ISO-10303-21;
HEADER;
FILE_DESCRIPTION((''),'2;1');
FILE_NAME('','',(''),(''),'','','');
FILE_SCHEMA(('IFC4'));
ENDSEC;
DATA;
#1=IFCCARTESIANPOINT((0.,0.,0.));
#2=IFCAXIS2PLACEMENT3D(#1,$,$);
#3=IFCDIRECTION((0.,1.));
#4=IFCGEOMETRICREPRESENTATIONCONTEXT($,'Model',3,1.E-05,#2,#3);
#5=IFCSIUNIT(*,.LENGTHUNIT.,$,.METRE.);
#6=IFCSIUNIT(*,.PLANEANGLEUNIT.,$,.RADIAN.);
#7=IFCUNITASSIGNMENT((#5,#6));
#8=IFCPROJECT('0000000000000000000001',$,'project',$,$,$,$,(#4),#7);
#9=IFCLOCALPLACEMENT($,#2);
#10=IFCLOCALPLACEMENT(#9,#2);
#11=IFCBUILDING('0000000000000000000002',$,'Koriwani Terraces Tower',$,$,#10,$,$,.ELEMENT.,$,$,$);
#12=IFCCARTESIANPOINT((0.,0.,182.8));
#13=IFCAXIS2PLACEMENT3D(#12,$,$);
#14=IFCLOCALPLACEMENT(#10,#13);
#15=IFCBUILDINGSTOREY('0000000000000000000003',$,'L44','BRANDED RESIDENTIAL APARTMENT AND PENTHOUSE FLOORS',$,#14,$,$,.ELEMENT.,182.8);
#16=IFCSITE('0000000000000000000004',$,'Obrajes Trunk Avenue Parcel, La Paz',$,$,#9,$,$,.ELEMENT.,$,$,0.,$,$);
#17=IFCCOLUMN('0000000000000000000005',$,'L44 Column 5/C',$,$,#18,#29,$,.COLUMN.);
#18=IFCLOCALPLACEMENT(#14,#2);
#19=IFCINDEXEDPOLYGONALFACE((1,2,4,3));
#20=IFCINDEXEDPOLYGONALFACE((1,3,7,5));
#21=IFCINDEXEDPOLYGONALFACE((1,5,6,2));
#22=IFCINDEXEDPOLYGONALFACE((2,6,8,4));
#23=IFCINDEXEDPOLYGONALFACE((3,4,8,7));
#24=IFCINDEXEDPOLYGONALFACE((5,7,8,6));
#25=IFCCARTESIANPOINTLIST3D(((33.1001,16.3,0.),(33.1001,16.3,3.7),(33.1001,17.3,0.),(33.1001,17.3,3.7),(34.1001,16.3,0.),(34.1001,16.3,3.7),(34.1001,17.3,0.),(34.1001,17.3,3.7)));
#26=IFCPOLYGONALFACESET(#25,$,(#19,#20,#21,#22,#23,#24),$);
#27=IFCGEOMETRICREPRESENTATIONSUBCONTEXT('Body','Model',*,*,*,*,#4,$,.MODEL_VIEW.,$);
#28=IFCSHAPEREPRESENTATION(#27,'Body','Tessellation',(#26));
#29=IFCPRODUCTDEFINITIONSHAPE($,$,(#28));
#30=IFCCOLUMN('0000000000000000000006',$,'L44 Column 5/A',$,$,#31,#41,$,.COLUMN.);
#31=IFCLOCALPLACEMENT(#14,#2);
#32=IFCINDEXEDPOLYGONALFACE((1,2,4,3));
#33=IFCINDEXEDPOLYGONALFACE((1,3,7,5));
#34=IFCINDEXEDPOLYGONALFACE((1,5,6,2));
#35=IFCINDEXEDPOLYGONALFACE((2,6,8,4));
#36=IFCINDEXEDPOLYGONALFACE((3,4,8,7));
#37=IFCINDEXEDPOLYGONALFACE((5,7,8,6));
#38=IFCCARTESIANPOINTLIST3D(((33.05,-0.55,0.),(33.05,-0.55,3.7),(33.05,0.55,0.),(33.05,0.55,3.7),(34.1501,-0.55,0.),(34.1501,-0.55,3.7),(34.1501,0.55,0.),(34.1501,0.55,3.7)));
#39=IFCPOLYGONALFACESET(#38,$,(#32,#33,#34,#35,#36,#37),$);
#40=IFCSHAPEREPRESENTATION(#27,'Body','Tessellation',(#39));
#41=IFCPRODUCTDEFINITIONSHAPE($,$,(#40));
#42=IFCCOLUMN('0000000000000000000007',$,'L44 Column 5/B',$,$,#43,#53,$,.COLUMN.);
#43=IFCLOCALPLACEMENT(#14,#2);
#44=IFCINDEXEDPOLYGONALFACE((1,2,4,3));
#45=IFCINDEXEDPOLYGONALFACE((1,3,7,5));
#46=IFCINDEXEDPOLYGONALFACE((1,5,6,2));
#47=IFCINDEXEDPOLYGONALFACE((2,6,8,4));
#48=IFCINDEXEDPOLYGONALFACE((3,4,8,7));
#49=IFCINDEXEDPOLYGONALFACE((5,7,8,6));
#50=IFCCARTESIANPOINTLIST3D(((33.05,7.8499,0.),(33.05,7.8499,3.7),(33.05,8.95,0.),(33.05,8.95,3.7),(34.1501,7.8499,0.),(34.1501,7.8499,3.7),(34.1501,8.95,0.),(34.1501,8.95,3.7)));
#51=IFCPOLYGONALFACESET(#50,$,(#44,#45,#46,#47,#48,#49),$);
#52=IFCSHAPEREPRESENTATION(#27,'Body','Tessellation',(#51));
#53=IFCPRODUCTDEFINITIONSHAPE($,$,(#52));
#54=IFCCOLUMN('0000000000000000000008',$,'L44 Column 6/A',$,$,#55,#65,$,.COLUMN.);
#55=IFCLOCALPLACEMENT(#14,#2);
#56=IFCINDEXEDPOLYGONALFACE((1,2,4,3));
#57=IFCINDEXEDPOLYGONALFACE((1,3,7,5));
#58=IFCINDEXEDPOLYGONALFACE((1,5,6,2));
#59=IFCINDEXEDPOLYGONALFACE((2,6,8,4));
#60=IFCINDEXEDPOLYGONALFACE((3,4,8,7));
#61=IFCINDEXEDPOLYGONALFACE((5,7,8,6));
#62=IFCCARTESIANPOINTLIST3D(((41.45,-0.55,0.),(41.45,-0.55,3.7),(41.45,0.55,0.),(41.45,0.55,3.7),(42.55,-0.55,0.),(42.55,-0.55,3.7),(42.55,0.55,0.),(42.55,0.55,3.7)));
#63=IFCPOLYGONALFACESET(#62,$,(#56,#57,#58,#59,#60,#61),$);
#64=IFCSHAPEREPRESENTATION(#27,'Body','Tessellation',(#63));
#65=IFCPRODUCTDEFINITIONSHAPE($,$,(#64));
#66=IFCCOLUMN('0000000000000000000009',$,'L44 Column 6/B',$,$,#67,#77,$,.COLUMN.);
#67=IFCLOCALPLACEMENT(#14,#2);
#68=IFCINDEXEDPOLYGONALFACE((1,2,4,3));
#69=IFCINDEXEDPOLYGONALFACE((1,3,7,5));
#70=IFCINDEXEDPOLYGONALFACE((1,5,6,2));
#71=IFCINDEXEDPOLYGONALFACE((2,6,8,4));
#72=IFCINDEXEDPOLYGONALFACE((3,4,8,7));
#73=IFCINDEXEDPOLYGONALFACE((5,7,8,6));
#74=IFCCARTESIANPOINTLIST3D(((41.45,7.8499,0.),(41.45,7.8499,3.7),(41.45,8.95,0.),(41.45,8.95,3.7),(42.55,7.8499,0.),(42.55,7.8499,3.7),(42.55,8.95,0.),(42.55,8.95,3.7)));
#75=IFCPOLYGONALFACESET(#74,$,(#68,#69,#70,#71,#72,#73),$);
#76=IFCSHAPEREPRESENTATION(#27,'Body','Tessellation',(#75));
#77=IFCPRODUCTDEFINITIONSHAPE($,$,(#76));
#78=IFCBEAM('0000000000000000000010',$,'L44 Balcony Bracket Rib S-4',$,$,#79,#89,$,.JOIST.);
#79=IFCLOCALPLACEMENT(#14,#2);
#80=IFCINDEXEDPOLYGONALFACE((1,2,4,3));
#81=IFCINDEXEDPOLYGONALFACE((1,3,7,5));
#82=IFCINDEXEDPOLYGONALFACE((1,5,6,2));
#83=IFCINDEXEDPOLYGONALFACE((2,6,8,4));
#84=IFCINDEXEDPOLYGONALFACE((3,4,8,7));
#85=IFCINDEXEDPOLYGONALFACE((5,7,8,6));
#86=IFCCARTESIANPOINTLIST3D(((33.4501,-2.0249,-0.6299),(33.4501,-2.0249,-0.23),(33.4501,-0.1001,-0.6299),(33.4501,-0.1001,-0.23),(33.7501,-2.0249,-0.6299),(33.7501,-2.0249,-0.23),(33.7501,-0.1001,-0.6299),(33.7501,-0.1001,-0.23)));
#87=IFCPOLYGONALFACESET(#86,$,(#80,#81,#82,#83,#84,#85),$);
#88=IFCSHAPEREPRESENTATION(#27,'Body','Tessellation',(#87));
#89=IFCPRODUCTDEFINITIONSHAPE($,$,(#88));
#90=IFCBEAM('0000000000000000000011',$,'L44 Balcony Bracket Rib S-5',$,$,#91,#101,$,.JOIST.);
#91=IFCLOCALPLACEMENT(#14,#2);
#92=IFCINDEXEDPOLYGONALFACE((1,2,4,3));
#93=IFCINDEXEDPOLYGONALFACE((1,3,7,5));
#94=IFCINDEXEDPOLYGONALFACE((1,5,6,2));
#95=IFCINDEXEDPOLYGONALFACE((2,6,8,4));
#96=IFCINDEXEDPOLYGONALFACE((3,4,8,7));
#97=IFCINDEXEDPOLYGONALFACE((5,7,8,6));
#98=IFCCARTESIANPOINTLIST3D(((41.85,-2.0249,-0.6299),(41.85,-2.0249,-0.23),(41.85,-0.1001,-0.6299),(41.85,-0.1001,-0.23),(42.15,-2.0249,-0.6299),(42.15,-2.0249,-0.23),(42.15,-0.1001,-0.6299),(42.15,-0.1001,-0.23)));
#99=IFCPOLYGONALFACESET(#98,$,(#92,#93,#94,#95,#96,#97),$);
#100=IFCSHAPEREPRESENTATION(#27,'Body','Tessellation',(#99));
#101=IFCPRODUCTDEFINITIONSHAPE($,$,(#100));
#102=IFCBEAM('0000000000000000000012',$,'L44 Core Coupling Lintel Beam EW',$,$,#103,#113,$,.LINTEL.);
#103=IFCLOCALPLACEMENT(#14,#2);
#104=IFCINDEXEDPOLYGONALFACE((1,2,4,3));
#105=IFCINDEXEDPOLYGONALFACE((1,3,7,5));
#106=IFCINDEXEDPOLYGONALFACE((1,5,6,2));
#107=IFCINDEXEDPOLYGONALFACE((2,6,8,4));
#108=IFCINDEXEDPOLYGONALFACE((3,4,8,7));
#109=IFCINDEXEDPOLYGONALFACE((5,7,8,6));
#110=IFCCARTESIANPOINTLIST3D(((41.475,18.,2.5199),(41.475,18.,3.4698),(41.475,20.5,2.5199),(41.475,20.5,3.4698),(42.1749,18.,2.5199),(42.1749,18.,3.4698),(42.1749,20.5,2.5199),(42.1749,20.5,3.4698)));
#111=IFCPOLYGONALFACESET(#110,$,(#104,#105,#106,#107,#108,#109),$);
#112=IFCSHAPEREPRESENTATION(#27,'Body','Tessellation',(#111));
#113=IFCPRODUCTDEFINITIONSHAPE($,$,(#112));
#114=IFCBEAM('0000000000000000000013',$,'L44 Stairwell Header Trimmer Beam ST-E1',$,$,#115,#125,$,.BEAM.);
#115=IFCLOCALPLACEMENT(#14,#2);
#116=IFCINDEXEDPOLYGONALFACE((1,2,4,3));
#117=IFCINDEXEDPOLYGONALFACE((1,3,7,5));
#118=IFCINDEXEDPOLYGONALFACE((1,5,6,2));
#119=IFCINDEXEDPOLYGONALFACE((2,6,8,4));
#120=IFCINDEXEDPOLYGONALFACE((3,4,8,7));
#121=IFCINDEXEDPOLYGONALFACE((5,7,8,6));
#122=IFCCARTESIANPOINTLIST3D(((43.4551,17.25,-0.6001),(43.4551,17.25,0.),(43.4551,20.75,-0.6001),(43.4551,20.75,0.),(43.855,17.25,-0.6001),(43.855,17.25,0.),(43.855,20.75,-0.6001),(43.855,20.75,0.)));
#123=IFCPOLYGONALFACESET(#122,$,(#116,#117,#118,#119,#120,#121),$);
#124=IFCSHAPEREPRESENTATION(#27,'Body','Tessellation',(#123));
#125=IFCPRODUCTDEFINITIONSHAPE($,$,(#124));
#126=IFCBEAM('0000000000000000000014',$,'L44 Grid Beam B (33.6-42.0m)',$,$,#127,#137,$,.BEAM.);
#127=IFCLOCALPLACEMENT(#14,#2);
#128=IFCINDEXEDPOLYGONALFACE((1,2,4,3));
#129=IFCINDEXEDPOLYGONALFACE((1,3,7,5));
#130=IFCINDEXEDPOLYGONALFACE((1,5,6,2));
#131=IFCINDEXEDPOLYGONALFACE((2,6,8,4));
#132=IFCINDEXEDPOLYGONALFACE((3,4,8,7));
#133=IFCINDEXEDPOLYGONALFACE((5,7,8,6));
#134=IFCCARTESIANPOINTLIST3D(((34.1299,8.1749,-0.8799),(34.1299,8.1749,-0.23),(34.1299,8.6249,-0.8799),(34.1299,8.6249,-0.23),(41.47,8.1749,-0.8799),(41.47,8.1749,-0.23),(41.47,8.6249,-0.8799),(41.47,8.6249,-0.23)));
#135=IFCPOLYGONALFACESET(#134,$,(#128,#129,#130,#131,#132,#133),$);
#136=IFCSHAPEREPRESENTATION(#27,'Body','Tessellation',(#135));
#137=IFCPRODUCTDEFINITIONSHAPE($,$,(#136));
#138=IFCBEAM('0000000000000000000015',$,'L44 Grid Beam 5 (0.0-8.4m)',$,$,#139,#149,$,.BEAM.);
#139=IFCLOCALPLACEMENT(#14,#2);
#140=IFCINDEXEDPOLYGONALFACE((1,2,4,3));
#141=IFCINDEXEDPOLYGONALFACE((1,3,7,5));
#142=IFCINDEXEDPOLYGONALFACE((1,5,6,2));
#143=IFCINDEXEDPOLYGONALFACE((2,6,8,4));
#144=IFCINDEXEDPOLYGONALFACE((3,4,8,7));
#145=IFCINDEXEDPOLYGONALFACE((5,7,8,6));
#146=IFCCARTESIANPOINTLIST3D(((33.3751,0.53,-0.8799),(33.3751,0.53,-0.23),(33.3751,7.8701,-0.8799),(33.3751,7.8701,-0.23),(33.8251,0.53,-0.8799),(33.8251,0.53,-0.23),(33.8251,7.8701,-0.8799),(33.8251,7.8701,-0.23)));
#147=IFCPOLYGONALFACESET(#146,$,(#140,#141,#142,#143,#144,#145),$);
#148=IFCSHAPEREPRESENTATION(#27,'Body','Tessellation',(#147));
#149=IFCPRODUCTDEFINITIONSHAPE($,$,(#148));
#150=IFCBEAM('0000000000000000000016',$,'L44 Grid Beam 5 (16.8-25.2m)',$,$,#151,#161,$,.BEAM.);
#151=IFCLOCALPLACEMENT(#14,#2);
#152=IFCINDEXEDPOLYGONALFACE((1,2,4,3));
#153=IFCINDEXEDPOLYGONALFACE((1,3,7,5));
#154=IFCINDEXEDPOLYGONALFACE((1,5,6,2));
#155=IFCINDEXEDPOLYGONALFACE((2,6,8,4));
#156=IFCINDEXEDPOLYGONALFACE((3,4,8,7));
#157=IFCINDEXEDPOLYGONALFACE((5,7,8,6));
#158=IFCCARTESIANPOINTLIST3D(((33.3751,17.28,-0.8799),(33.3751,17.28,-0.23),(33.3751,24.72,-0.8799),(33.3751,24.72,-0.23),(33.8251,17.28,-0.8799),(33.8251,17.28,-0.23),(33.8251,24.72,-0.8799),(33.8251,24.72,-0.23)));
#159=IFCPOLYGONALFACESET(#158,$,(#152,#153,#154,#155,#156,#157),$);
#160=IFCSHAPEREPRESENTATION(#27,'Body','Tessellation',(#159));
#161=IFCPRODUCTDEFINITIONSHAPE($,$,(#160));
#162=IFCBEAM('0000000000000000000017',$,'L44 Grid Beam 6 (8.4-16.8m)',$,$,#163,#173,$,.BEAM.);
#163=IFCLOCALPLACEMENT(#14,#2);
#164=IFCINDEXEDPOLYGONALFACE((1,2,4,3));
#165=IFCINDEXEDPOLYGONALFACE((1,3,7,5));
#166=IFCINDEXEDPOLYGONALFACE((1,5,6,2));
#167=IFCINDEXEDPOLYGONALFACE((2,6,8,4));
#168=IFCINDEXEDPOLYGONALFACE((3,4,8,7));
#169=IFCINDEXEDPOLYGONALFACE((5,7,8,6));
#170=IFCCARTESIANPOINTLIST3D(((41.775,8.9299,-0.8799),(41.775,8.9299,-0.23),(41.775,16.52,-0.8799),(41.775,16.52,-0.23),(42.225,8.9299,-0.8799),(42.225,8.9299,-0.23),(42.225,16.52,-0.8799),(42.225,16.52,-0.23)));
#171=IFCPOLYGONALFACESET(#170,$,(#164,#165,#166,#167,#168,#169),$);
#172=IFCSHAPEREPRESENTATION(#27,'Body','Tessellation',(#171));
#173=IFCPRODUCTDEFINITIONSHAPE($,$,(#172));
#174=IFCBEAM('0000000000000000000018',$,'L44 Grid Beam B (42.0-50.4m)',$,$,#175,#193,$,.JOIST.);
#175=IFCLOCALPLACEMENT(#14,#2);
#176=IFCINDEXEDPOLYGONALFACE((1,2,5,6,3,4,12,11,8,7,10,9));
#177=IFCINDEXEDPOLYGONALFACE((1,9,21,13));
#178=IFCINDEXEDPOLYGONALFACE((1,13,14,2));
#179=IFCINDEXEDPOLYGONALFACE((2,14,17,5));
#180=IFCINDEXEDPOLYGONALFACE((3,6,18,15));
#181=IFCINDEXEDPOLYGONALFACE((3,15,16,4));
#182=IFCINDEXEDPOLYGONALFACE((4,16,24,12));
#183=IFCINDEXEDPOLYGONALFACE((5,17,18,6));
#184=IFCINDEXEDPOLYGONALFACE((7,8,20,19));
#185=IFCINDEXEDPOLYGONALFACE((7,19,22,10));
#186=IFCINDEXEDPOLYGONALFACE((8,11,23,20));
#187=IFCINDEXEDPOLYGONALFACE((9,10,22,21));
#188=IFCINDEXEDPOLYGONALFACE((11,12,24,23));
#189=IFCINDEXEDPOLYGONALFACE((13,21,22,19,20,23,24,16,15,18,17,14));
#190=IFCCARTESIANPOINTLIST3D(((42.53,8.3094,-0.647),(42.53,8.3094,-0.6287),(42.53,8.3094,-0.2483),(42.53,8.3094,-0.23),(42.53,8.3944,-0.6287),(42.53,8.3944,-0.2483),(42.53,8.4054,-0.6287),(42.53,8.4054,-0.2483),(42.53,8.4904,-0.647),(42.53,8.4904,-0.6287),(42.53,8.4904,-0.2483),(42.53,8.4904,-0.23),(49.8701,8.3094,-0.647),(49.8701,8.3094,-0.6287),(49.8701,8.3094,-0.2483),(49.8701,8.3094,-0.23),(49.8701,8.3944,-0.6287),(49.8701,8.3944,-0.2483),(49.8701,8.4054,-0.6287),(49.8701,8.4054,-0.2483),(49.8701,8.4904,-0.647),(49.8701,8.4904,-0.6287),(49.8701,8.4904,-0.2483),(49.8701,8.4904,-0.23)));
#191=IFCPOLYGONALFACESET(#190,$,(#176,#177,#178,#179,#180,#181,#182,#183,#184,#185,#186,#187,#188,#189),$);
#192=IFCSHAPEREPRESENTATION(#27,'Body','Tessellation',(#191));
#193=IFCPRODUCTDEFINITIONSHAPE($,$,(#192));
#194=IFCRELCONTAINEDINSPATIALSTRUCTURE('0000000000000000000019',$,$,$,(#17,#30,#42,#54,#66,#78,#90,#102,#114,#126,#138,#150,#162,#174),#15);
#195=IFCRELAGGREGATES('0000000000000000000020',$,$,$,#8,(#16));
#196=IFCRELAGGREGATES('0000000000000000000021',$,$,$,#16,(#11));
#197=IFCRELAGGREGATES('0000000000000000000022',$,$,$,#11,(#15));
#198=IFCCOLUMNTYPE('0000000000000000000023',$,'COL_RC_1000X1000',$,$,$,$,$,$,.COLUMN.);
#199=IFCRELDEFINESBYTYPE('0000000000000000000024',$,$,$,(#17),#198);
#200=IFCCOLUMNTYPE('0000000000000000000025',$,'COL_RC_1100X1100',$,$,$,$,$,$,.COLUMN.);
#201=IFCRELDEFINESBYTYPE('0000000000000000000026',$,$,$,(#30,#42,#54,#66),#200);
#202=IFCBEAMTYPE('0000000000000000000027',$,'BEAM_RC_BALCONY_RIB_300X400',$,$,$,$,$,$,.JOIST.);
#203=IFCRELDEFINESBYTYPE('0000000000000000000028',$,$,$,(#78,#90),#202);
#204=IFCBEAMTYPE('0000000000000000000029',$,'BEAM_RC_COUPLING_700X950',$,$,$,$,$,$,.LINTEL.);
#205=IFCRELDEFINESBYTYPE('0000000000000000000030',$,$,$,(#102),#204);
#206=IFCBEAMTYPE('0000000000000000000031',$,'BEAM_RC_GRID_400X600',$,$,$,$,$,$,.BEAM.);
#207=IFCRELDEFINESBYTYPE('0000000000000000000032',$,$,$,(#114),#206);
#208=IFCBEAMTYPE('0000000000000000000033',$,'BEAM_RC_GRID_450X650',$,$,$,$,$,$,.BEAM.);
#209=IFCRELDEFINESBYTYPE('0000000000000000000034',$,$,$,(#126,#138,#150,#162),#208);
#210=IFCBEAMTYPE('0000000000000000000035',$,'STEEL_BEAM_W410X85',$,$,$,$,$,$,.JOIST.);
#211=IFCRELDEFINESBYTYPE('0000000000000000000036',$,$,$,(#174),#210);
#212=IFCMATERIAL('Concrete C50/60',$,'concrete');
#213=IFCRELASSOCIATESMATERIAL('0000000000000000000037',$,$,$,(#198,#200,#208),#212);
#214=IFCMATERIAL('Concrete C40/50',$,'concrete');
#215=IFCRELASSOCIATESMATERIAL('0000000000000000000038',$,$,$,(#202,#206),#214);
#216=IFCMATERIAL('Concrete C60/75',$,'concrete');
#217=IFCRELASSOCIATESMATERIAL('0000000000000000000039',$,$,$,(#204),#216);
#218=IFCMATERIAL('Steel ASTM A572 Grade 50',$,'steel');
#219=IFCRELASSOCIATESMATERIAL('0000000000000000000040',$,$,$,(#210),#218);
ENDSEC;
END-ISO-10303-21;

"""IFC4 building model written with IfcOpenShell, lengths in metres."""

from ifc_helpers import new_model, si_unit, direction, frame, origin, origin_2d, place, context, subcontext, project, spatial, rectangle, i_section, extrude, material, material_profile, profile_set, type_object, element, save


model = new_model("IFC4")

# Units and contexts
model_context = context("Model", 3, precision=1e-05, world=origin(), true_north=direction((0.0, 1.0)))
body_context = subcontext(model_context, "Body", "Model", "MODEL_VIEW")
ifc_project = project(units=[si_unit("LENGTHUNIT", "METRE"), si_unit("PLANEANGLEUNIT", "RADIAN")], contexts=[model_context])

# Site, building, storey
site_placement = place(None, origin())
site = spatial("IfcSite", under=ifc_project, at=site_placement, Name="Obrajes Trunk Avenue Parcel, La Paz", CompositionType="ELEMENT", RefElevation=0.0)
building_placement = place(site_placement, origin())
building = spatial("IfcBuilding", under=site, at=building_placement, Name="Koriwani Terraces Tower", CompositionType="ELEMENT")
storey_placement = place(building_placement, frame((0.0, 0.0, 182.8)))
storey = spatial("IfcBuildingStorey", under=building, at=storey_placement, Name="L44", Description="BRANDED RESIDENTIAL APARTMENT AND PENTHOUSE FLOORS", CompositionType="ELEMENT", Elevation=182.8)

# Columns
ifc_material_1 = material(Name="Concrete C50/60", Category="concrete")
ifc_material_profile_1 = material_profile(ifc_material_1, rectangle(XDim=1.0, YDim=1.0, at=origin_2d()), Name="Concrete C50/60", Category="LoadBearing")
ifc_profile_set_1 = profile_set([ifc_material_profile_1], Name="Concrete C50/60")
column_type_1 = type_object("IfcColumnType", Name="COL_RC_1000X1000", PredefinedType="COLUMN", material=ifc_profile_set_1)
column_placement = place(storey_placement, frame((33.6001, 16.8, 0.0), z_axis=(0.0, 0.0, 1.0), x_axis=(1.0, 0.0, 0.0)))
element("IfcColumn", 1, at=column_placement, inside=storey, type_object=column_type_1, Name="L44 Column 5/C", PredefinedType="COLUMN", context=body_context, shape_type="SweptSolid", body=[
    extrude(rectangle(XDim=1.0, YDim=1.0, at=origin_2d()), origin(), (0.0, 0.0, 1.0), 3.7),
])
ifc_material_profile_2 = material_profile(ifc_material_1, rectangle(XDim=1.1001, YDim=1.1001, at=origin_2d()), Name="Concrete C50/60", Category="LoadBearing")
ifc_profile_set_2 = profile_set([ifc_material_profile_2], Name="Concrete C50/60")
column_type_2 = type_object("IfcColumnType", Name="COL_RC_1100X1100", PredefinedType="COLUMN", material=ifc_profile_set_2)
for number, where, z_axis, x_axis, name in (
    (2, (33.6001, 0.0, 0.0), (0.0, 0.0, 1.0), (1.0, 0.0, 0.0), "L44 Column 5/A"),
    (3, (33.6001, 8.3999, 0.0), (0.0, 0.0, 1.0), (1.0, 0.0, 0.0), "L44 Column 5/B"),
    (4, (42.0, 0.0, 0.0), (0.0, 0.0, 1.0), (1.0, 0.0, 0.0), "L44 Column 6/A"),
    (5, (42.0, 8.3999, 0.0), (0.0, 0.0, 1.0), (1.0, 0.0, 0.0), "L44 Column 6/B"),
):
    element("IfcColumn", number, at=place(storey_placement, frame(where, z_axis=z_axis, x_axis=x_axis)), inside=storey, type_object=column_type_2, Name=name, PredefinedType="COLUMN", context=body_context, shape_type="SweptSolid", body=[
        extrude(rectangle(XDim=1.1001, YDim=1.1001, at=origin_2d()), origin(), (0.0, 0.0, 1.0), 3.7),
    ])

# Beams
ifc_material_2 = material(Name="Concrete C40/50", Category="concrete")
ifc_material_profile_3 = material_profile(ifc_material_2, rectangle(XDim=0.3, YDim=0.3999, at=origin_2d()), Name="Concrete C40/50", Category="LoadBearing")
ifc_profile_set_3 = profile_set([ifc_material_profile_3], Name="Concrete C40/50")
beam_type_1 = type_object("IfcBeamType", Name="BEAM_RC_BALCONY_RIB_300X400", PredefinedType="JOIST", material=ifc_profile_set_3)
for number, where, z_axis, x_axis, name in (
    (6, (33.6001, -2.0249, -0.4299), (0.0, 1.0, 0.0), (-1.0, 0.0, 0.0), "L44 Balcony Bracket Rib S-4"),
    (7, (42.0, -2.0249, -0.4299), (0.0, 1.0, 0.0), (-1.0, 0.0, 0.0), "L44 Balcony Bracket Rib S-5"),
):
    element("IfcBeam", number, at=place(storey_placement, frame(where, z_axis=z_axis, x_axis=x_axis)), inside=storey, type_object=beam_type_1, Name=name, PredefinedType="JOIST", context=body_context, shape_type="SweptSolid", body=[
        extrude(rectangle(XDim=0.3, YDim=0.3999, at=origin_2d()), origin(), (0.0, 0.0, 1.0), 1.9248),
    ])
ifc_material_3 = material(Name="Concrete C60/75", Category="concrete")
ifc_material_profile_4 = material_profile(ifc_material_3, rectangle(XDim=0.7, YDim=0.95, at=origin_2d()), Name="Concrete C60/75", Category="LoadBearing")
ifc_profile_set_4 = profile_set([ifc_material_profile_4], Name="Concrete C60/75")
beam_type_2 = type_object("IfcBeamType", Name="BEAM_RC_COUPLING_700X950", PredefinedType="LINTEL", material=ifc_profile_set_4)
beam_1_placement = place(storey_placement, frame((41.825, 18.0, 2.9949), z_axis=(0.0, 1.0, 0.0), x_axis=(-1.0, 0.0, 0.0)))
element("IfcBeam", 8, at=beam_1_placement, inside=storey, type_object=beam_type_2, Name="L44 Core Coupling Lintel Beam EW", PredefinedType="LINTEL", context=body_context, shape_type="SweptSolid", body=[
    extrude(rectangle(XDim=0.7, YDim=0.95, at=origin_2d()), origin(), (0.0, 0.0, 1.0), 2.5),
])
ifc_material_profile_5 = material_profile(ifc_material_2, rectangle(XDim=0.3999, YDim=0.6001, at=origin_2d()), Name="Concrete C40/50", Category="LoadBearing")
ifc_profile_set_5 = profile_set([ifc_material_profile_5], Name="Concrete C40/50")
beam_type_3 = type_object("IfcBeamType", Name="BEAM_RC_GRID_400X600", PredefinedType="BEAM", material=ifc_profile_set_5)
beam_2_placement = place(storey_placement, frame((43.655, 17.25, -0.3), z_axis=(0.0, 1.0, 0.0), x_axis=(-1.0, 0.0, 0.0)))
element("IfcBeam", 9, at=beam_2_placement, inside=storey, type_object=beam_type_3, Name="L44 Stairwell Header Trimmer Beam ST-E1", PredefinedType="BEAM", context=body_context, shape_type="SweptSolid", body=[
    extrude(rectangle(XDim=0.3999, YDim=0.6001, at=origin_2d()), origin(), (0.0, 0.0, 1.0), 3.5),
])
ifc_material_profile_6 = material_profile(ifc_material_1, rectangle(XDim=0.45, YDim=0.6499, at=origin_2d()), Name="Concrete C50/60", Category="LoadBearing")
ifc_profile_set_6 = profile_set([ifc_material_profile_6], Name="Concrete C50/60")
beam_type_4 = type_object("IfcBeamType", Name="BEAM_RC_GRID_450X650", PredefinedType="BEAM", material=ifc_profile_set_6)
for number, where, z_axis, x_axis, name in (
    (10, (34.1299, 8.3999, -0.5549), (1.0, 0.0, 0.0), (0.0, 1.0, 0.0), "L44 Grid Beam B (33.6-42.0m)"),
    (11, (33.6001, 0.53, -0.5549), (0.0, 1.0, 0.0), (-1.0, 0.0, 0.0), "L44 Grid Beam 5 (0.0-8.4m)"),
):
    element("IfcBeam", number, at=place(storey_placement, frame(where, z_axis=z_axis, x_axis=x_axis)), inside=storey, type_object=beam_type_4, Name=name, PredefinedType="BEAM", context=body_context, shape_type="SweptSolid", body=[
        extrude(rectangle(XDim=0.45, YDim=0.6499, at=origin_2d()), origin(), (0.0, 0.0, 1.0), 7.3401),
    ])
beam_3_placement = place(storey_placement, frame((33.6001, 17.28, -0.5549), z_axis=(0.0, 1.0, 0.0), x_axis=(-1.0, 0.0, 0.0)))
element("IfcBeam", 12, at=beam_3_placement, inside=storey, type_object=beam_type_4, Name="L44 Grid Beam 5 (16.8-25.2m)", PredefinedType="BEAM", context=body_context, shape_type="SweptSolid", body=[
    extrude(rectangle(XDim=0.45, YDim=0.6499, at=origin_2d()), origin(), (0.0, 0.0, 1.0), 7.4399),
])
beam_4_placement = place(storey_placement, frame((42.0, 8.9299, -0.5549), z_axis=(0.0, 1.0, 0.0), x_axis=(-1.0, 0.0, 0.0)))
element("IfcBeam", 13, at=beam_4_placement, inside=storey, type_object=beam_type_4, Name="L44 Grid Beam 6 (8.4-16.8m)", PredefinedType="BEAM", context=body_context, shape_type="SweptSolid", body=[
    extrude(rectangle(XDim=0.45, YDim=0.6499, at=origin_2d()), origin(), (0.0, 0.0, 1.0), 7.5901),
])
ifc_material_4 = material(Name="Steel ASTM A572 Grade 50", Category="steel")
ifc_material_profile_7 = material_profile(ifc_material_4, i_section(OverallWidth=0.1809, OverallDepth=0.417, WebThickness=0.011, FlangeThickness=0.0183, at=origin_2d()), Name="Steel ASTM A572 Grade 50", Category="LoadBearing")
ifc_profile_set_7 = profile_set([ifc_material_profile_7], Name="Steel ASTM A572 Grade 50")
beam_type_5 = type_object("IfcBeamType", Name="STEEL_BEAM_W410X85", PredefinedType="JOIST", material=ifc_profile_set_7)
beam_5_placement = place(storey_placement, frame((42.53, 8.3999, -0.4385), z_axis=(1.0, 0.0, 0.0), x_axis=(0.0, 1.0, 0.0)))
element("IfcBeam", 14, at=beam_5_placement, inside=storey, type_object=beam_type_5, Name="L44 Grid Beam B (42.0-50.4m)", PredefinedType="JOIST", context=body_context, shape_type="SweptSolid", body=[
    extrude(i_section(OverallWidth=0.1809, OverallDepth=0.417, WebThickness=0.011, FlangeThickness=0.0183, at=origin_2d()), origin(), (0.0, 0.0, 1.0), 7.3401),
])

save(model, "model.ifc")
